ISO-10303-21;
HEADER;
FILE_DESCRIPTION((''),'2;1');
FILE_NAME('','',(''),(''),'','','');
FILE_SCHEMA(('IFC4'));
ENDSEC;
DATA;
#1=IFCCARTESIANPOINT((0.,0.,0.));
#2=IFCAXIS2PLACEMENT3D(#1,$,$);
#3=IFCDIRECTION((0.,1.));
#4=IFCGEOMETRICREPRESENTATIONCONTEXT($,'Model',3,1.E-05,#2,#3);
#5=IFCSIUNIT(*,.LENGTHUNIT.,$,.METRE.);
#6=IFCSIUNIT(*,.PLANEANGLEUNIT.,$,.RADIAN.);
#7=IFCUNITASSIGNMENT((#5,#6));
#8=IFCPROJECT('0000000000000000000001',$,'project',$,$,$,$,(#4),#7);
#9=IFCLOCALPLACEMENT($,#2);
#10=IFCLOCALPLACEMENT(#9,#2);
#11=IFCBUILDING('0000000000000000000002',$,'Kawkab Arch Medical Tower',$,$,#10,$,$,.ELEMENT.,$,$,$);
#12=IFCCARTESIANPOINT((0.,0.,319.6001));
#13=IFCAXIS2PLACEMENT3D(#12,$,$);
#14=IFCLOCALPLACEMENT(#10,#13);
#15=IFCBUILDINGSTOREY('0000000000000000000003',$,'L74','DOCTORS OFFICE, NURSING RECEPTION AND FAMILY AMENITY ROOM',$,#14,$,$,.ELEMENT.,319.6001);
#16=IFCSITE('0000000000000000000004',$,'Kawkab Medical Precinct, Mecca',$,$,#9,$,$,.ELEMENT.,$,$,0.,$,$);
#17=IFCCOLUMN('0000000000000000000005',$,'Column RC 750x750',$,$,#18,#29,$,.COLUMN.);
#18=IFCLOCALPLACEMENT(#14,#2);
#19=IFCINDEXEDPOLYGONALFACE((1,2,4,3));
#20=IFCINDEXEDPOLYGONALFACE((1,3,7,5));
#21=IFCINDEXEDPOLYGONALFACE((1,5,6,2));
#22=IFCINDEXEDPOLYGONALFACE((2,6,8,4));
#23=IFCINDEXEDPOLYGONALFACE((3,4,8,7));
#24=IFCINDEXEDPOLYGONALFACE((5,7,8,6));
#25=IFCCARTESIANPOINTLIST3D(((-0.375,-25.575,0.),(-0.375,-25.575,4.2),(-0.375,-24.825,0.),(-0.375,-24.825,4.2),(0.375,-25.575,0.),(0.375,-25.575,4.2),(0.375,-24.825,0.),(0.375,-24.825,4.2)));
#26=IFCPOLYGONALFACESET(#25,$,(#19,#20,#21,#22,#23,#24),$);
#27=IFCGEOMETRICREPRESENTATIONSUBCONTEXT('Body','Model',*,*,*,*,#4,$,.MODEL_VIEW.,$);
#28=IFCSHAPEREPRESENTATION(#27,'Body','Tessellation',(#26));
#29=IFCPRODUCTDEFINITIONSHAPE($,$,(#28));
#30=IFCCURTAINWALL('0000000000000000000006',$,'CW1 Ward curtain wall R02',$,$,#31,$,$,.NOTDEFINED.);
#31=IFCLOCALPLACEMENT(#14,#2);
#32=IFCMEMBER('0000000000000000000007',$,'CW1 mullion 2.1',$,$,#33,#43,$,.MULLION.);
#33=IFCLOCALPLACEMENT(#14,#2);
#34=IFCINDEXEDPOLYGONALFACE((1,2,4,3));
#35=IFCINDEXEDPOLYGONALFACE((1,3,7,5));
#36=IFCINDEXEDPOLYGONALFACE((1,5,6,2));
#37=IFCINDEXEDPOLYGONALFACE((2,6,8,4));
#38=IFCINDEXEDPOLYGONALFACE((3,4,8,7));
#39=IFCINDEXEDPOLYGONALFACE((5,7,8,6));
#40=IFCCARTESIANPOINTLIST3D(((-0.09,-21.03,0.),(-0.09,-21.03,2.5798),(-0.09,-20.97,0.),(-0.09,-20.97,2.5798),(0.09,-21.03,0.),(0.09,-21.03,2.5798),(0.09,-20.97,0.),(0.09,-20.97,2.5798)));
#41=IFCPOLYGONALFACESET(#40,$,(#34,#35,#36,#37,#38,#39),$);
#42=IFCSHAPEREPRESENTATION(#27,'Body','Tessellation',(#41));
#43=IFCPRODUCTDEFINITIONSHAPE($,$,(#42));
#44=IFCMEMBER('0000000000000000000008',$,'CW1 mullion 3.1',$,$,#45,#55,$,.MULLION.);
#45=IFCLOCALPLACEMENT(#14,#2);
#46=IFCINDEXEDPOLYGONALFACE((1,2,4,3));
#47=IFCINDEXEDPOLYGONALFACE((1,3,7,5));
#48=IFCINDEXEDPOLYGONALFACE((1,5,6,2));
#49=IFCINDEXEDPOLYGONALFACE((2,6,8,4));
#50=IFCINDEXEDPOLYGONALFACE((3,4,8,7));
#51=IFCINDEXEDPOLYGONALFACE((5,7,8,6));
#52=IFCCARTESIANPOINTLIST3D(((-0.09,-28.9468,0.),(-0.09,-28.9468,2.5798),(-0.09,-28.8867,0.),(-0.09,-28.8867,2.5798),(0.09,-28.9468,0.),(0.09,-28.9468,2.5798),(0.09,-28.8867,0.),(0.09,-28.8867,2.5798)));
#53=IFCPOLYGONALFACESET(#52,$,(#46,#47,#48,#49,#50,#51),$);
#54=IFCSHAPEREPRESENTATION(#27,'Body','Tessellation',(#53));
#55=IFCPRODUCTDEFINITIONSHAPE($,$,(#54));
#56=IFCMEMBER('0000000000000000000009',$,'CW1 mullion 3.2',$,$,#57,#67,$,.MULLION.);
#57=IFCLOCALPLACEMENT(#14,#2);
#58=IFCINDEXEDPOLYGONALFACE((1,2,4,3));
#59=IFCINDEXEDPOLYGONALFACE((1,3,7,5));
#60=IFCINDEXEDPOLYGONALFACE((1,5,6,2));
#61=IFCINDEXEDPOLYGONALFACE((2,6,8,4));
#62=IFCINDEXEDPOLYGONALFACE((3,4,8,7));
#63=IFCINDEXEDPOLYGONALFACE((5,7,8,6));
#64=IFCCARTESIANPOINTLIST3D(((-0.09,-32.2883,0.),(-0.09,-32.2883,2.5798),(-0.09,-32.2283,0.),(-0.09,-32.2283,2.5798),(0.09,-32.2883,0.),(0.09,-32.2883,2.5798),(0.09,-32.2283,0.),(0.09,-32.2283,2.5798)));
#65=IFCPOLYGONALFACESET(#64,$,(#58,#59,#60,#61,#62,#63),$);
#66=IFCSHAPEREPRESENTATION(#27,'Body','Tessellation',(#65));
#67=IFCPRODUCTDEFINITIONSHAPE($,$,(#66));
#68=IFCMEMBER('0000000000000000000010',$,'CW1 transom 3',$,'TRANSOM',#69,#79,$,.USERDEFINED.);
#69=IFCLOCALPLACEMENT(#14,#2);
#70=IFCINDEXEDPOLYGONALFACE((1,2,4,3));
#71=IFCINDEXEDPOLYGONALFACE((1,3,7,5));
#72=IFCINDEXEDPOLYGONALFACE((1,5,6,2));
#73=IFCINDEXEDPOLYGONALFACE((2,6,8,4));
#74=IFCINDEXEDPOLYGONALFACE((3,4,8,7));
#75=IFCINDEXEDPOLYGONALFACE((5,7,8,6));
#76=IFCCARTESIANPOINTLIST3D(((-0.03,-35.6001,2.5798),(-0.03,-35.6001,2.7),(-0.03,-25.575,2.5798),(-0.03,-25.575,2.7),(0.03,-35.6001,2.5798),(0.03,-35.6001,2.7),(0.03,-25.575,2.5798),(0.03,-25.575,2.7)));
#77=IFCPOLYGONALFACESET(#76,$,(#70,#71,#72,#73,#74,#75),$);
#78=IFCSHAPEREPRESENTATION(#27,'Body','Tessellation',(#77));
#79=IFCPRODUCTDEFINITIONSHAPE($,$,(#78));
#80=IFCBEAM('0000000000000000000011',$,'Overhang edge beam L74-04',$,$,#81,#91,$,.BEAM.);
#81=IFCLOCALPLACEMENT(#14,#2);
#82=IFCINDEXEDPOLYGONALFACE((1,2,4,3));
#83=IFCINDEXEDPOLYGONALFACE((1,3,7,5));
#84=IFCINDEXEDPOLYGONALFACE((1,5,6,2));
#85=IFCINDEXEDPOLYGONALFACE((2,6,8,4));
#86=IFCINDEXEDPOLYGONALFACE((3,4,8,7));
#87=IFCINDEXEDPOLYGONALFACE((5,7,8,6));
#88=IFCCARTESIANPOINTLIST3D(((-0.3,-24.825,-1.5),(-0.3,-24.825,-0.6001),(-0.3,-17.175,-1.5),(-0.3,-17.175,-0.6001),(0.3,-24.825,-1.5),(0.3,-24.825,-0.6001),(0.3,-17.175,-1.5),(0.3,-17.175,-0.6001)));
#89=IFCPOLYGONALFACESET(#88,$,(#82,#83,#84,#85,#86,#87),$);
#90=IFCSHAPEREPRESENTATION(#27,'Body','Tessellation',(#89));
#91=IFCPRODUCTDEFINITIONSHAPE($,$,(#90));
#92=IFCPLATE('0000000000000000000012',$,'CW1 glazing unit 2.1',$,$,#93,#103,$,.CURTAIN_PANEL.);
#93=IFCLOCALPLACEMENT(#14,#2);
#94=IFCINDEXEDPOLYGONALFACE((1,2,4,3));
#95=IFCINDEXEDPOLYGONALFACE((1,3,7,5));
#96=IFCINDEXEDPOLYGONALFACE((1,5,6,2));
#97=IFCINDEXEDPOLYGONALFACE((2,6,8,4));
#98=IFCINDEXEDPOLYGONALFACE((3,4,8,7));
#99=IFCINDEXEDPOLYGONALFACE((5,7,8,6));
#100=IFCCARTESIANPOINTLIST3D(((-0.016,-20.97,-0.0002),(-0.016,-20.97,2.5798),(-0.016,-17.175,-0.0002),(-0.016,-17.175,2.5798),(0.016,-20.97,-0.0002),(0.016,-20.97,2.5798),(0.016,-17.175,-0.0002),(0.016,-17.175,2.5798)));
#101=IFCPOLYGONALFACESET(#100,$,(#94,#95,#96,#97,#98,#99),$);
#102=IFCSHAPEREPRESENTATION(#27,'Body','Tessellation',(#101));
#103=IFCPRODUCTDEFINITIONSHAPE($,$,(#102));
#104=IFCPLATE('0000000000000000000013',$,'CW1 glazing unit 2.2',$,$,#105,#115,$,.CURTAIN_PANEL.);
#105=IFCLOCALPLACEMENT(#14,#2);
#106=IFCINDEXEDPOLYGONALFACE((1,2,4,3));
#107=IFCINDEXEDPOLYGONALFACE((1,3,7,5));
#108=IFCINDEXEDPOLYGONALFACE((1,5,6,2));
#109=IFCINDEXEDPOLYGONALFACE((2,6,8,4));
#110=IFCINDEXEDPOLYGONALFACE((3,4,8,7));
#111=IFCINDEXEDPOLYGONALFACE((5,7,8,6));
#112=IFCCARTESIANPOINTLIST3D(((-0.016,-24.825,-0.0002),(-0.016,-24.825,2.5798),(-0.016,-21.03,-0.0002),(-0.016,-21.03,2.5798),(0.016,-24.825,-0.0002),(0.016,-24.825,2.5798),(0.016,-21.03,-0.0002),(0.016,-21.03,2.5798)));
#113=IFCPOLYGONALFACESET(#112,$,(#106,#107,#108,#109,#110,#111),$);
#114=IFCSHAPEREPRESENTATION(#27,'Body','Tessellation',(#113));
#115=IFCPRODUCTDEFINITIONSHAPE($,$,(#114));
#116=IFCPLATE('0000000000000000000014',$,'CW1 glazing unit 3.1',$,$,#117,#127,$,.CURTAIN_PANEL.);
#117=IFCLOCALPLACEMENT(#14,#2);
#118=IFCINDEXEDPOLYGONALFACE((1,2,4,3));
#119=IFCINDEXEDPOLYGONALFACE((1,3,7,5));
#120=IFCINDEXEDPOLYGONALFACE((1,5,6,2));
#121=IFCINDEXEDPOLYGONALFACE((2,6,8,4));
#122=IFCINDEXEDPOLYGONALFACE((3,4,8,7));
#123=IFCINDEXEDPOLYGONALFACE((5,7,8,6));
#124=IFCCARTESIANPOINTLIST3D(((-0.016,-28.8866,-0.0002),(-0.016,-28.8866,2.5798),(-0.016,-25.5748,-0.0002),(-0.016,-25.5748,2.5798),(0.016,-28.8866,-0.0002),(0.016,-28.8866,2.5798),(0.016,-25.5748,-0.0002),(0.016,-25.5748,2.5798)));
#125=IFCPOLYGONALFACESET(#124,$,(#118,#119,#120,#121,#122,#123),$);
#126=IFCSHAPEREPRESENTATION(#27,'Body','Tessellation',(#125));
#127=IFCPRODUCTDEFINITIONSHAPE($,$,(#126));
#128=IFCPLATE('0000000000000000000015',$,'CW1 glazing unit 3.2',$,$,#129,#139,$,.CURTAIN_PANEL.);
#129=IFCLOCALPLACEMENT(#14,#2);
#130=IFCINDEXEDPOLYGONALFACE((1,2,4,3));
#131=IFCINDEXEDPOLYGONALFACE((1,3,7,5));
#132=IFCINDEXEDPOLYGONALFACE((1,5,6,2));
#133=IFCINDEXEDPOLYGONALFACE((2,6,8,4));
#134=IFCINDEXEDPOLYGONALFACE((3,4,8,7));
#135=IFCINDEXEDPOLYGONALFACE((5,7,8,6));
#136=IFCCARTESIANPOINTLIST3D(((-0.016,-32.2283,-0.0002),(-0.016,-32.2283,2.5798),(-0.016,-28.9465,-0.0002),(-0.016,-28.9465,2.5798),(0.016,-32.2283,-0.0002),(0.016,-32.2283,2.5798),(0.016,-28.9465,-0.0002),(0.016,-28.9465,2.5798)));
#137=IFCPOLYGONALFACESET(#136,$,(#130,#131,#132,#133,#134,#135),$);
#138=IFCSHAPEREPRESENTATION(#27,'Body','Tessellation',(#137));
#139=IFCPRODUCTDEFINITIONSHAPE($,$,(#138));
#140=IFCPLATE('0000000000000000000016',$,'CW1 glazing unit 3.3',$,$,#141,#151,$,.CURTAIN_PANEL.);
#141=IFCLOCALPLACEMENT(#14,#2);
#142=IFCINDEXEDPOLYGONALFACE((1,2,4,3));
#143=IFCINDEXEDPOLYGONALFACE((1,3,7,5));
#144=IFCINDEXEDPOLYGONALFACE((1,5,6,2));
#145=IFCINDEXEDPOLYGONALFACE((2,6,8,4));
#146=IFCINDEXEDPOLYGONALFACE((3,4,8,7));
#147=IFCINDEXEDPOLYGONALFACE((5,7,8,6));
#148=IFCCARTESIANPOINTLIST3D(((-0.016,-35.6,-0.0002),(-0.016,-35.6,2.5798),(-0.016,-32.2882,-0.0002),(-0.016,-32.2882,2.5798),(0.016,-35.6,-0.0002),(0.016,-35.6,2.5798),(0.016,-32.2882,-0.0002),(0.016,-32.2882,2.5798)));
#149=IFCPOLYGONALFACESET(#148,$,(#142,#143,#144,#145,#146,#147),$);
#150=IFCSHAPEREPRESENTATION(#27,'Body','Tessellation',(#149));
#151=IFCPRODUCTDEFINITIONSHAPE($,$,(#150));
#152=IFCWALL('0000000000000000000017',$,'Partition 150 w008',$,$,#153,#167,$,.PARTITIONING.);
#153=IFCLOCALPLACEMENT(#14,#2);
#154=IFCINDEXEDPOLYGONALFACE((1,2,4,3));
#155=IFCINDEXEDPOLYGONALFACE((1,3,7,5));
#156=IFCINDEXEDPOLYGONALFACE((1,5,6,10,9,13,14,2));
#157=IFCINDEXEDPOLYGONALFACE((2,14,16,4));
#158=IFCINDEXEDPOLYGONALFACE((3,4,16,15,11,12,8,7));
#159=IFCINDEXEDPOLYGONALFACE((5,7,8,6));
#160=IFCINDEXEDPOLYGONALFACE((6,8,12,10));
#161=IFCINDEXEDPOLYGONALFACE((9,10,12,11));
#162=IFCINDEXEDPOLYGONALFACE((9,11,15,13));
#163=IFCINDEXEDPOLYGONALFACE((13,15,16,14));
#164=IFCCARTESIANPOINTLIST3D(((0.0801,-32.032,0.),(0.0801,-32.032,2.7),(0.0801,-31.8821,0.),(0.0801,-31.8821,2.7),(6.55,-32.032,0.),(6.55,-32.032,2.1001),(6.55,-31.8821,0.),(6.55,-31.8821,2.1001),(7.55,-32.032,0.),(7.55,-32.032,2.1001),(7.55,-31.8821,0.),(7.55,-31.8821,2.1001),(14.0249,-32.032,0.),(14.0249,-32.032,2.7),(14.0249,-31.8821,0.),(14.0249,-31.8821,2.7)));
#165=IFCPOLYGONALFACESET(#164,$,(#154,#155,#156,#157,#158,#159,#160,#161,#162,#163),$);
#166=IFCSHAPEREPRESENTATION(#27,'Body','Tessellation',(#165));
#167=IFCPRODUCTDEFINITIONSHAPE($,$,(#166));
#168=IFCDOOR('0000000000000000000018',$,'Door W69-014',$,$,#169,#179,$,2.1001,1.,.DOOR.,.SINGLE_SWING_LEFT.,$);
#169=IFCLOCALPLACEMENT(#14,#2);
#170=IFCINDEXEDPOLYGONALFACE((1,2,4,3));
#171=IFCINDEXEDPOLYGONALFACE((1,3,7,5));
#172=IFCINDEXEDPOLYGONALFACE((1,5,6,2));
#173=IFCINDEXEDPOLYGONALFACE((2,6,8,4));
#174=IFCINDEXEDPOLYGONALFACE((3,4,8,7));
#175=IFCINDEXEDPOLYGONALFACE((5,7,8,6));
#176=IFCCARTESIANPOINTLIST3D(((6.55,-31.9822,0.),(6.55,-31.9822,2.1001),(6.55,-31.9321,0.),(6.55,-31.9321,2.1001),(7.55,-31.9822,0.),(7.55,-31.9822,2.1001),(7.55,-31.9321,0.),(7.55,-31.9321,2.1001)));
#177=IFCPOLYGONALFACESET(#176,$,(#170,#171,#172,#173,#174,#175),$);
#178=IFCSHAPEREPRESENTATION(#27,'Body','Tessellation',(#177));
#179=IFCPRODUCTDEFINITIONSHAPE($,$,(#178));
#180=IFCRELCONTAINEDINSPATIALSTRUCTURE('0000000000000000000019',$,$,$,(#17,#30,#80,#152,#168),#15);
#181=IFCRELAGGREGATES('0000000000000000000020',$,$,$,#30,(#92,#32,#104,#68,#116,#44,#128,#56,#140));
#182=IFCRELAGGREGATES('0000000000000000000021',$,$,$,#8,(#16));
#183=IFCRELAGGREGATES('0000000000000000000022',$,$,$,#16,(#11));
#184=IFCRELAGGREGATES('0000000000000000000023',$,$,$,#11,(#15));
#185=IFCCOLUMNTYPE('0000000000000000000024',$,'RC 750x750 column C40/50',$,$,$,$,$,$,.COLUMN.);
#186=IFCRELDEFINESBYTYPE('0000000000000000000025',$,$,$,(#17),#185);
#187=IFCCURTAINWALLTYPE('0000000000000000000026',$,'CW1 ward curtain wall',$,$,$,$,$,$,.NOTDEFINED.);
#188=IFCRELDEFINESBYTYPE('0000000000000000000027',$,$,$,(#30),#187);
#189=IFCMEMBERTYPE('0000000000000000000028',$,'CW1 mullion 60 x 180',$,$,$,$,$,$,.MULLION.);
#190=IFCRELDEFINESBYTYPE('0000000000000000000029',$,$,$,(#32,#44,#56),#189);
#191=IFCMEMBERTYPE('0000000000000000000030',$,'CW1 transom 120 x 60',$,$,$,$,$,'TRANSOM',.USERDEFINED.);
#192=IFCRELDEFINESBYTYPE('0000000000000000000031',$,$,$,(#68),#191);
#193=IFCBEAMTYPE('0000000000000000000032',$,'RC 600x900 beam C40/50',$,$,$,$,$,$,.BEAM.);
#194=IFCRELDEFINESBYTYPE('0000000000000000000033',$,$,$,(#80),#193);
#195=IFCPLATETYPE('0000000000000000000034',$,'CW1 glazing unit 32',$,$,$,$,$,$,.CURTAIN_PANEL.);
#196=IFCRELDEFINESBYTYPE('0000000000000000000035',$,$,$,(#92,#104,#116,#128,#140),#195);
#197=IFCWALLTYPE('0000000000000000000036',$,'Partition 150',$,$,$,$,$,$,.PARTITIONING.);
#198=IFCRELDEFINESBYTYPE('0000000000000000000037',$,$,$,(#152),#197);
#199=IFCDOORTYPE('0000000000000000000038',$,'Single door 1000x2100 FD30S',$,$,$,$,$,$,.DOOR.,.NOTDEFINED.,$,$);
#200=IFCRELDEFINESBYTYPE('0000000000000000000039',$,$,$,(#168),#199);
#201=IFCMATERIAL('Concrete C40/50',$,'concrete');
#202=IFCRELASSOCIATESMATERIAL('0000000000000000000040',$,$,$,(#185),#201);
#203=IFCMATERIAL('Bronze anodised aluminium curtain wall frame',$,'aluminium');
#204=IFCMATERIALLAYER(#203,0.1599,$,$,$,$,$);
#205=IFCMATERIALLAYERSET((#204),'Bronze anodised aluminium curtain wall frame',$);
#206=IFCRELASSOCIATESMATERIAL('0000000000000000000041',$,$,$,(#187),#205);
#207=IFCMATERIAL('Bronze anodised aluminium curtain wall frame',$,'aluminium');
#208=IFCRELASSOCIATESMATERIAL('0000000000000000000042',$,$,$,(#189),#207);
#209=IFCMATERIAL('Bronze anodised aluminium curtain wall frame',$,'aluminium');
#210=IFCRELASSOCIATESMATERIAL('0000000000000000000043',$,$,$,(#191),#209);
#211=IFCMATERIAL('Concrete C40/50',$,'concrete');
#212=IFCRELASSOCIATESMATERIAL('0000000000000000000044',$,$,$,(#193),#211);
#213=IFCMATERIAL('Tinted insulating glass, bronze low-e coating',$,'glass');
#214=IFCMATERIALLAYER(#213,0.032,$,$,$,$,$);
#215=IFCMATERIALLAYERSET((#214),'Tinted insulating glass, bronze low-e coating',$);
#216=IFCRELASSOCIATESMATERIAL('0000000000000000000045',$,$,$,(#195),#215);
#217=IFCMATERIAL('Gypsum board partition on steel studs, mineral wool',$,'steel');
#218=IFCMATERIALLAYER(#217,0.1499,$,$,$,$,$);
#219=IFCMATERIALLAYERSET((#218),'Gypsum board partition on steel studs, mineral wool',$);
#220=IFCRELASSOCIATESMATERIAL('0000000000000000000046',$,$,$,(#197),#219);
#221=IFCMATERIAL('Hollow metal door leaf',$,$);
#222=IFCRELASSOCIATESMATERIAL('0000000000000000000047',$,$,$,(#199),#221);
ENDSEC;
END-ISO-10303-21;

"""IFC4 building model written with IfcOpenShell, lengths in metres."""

from ifc_helpers import new_model, si_unit, direction, frame, frame_2d, origin, origin_2d, place, context, subcontext, project, spatial, rectangle, extrude, material, layer, layer_set, material_profile, profile_set, type_object, element, fill, aggregate, save


model = new_model("IFC4")

# Units and contexts
model_context = context("Model", 3, precision=1e-05, world=origin(), true_north=direction((0.0, 1.0)))
body_context = subcontext(model_context, "Body", "Model", "MODEL_VIEW")
ifc_project = project(units=[si_unit("LENGTHUNIT", "METRE"), si_unit("PLANEANGLEUNIT", "RADIAN")], contexts=[model_context])

# Site, building, storey
site_placement = place(None, origin())
site = spatial("IfcSite", under=ifc_project, at=site_placement, Name="Kawkab Medical Precinct, Mecca", CompositionType="ELEMENT", RefElevation=0.0)
building_placement = place(site_placement, origin())
building = spatial("IfcBuilding", under=site, at=building_placement, Name="Kawkab Arch Medical Tower", CompositionType="ELEMENT")
storey_placement = place(building_placement, frame((0.0, 0.0, 319.6001)))
storey = spatial("IfcBuildingStorey", under=building, at=storey_placement, Name="L74", Description="DOCTORS OFFICE, NURSING RECEPTION AND FAMILY AMENITY ROOM", CompositionType="ELEMENT", Elevation=319.6001)

# Column
ifc_material_1 = material(Name="Concrete C40/50", Category="concrete")
ifc_material_profile_1 = material_profile(ifc_material_1, rectangle(XDim=0.75, YDim=0.75, at=origin_2d()), Name="RC 750x750")
ifc_profile_set_1 = profile_set([ifc_material_profile_1], Name="Concrete C40/50")
column_type = type_object("IfcColumnType", Name="RC 750x750 column C40/50", PredefinedType="COLUMN", material=ifc_profile_set_1)
column_placement = place(storey_placement, frame((0.0, -25.2, 0.0), z_axis=(0.0, 0.0, 1.0), x_axis=(1.0, 0.0, 0.0)))
element("IfcColumn", 1, at=column_placement, inside=storey, type_object=column_type, Name="Column RC 750x750", PredefinedType="COLUMN", context=body_context, shape_type="SweptSolid", body=[
    extrude(rectangle(XDim=0.75, YDim=0.75, at=origin_2d()), origin(), (0.0, 0.0, 1.0), 4.2),
])

# Curtain wall, members
ifc_material_2 = material(Name="Bronze anodised aluminium curtain wall frame", Category="aluminium")
ifc_layer_1 = layer(ifc_material_2, 0.1599)
ifc_layer_set_1 = layer_set([ifc_layer_1], Name="Bronze anodised aluminium curtain wall frame")
curtain_wall_type = type_object("IfcCurtainWallType", Name="CW1 ward curtain wall", PredefinedType="NOTDEFINED", material=ifc_layer_set_1)
curtain_wall_placement = place(storey_placement, origin())
curtain_wall = element("IfcCurtainWall", 2, at=curtain_wall_placement, inside=storey, type_object=curtain_wall_type, Name="CW1 Ward curtain wall R02", PredefinedType="NOTDEFINED")
ifc_material_3 = material(Name="Bronze anodised aluminium curtain wall frame", Category="aluminium")
ifc_material_profile_2 = material_profile(ifc_material_3, rectangle(XDim=0.1799, YDim=0.0601, at=origin_2d()), Name="AL 60x180")
ifc_profile_set_2 = profile_set([ifc_material_profile_2], Name="Bronze anodised aluminium curtain wall frame")
member_type_1 = type_object("IfcMemberType", Name="CW1 mullion 60 x 180", PredefinedType="MULLION", material=ifc_profile_set_2)
member_1_placement = place(storey_placement, frame((0.0, -21.0, 0.0), z_axis=(0.0, 0.0, 1.0), x_axis=(1.0, 0.0, 0.0)))
member_1 = element("IfcMember", 3, at=member_1_placement, type_object=member_type_1, Name="CW1 mullion 2.1", PredefinedType="MULLION", context=body_context, shape_type="SweptSolid", body=[
    extrude(rectangle(XDim=0.1799, YDim=0.0601, at=origin_2d()), origin(), (0.0, 0.0, 1.0), 2.5798),
])
member_2_placement = place(storey_placement, frame((0.0, -28.9167, 0.0), z_axis=(0.0, 0.0, 1.0), x_axis=(1.0, 0.0, 0.0)))
member_2 = element("IfcMember", 4, at=member_2_placement, type_object=member_type_1, Name="CW1 mullion 3.1", PredefinedType="MULLION", context=body_context, shape_type="SweptSolid", body=[
    extrude(rectangle(XDim=0.1799, YDim=0.0601, at=origin_2d()), origin(), (0.0, 0.0, 1.0), 2.5798),
])
member_3_placement = place(storey_placement, frame((0.0, -32.2583, 0.0), z_axis=(0.0, 0.0, 1.0), x_axis=(1.0, 0.0, 0.0)))
member_3 = element("IfcMember", 5, at=member_3_placement, type_object=member_type_1, Name="CW1 mullion 3.2", PredefinedType="MULLION", context=body_context, shape_type="SweptSolid", body=[
    extrude(rectangle(XDim=0.1799, YDim=0.0601, at=origin_2d()), origin(), (0.0, 0.0, 1.0), 2.5798),
])
ifc_material_4 = material(Name="Bronze anodised aluminium curtain wall frame", Category="aluminium")
ifc_material_profile_3 = material_profile(ifc_material_4, rectangle(XDim=0.0601, YDim=0.1201, at=origin_2d()), Name="AL 60x120")
ifc_profile_set_3 = profile_set([ifc_material_profile_3], Name="Bronze anodised aluminium curtain wall frame")
member_type_2 = type_object("IfcMemberType", Name="CW1 transom 120 x 60", ElementType="TRANSOM", PredefinedType="USERDEFINED", material=ifc_profile_set_3)
member_4_placement = place(storey_placement, frame((0.0, -25.575, 2.6399), z_axis=(0.0, -1.0, 0.0), x_axis=(1.0, 0.0, 0.0)))
member_4 = element("IfcMember", 6, at=member_4_placement, type_object=member_type_2, Name="CW1 transom 3", ObjectType="TRANSOM", PredefinedType="USERDEFINED", context=body_context, shape_type="SweptSolid", body=[
    extrude(rectangle(XDim=0.0601, YDim=0.1201, at=origin_2d()), origin(), (0.0, 0.0, 1.0), 10.0251),
])

# Beam
ifc_material_5 = material(Name="Concrete C40/50", Category="concrete")
ifc_material_profile_4 = material_profile(ifc_material_5, rectangle(XDim=0.6001, YDim=0.8999, at=origin_2d()), Name="RC 600x900")
ifc_profile_set_4 = profile_set([ifc_material_profile_4], Name="Concrete C40/50")
beam_type = type_object("IfcBeamType", Name="RC 600x900 beam C40/50", PredefinedType="BEAM", material=ifc_profile_set_4)
beam_placement = place(storey_placement, frame((0.0, -24.825, -1.05), z_axis=(0.0, 1.0, 0.0), x_axis=(-1.0, 0.0, 0.0)))
element("IfcBeam", 7, at=beam_placement, inside=storey, type_object=beam_type, Name="Overhang edge beam L74-04", PredefinedType="BEAM", context=body_context, shape_type="SweptSolid", body=[
    extrude(rectangle(XDim=0.6001, YDim=0.8999, at=origin_2d()), origin(), (0.0, 0.0, 1.0), 7.6499),
])

# Plates
ifc_material_6 = material(Name="Tinted insulating glass, bronze low-e coating", Category="glass")
ifc_layer_2 = layer(ifc_material_6, 0.032)
ifc_layer_set_2 = layer_set([ifc_layer_2], Name="Tinted insulating glass, bronze low-e coating")
plate_type = type_object("IfcPlateType", Name="CW1 glazing unit 32", PredefinedType="CURTAIN_PANEL", material=ifc_layer_set_2)
plate_1_placement = place(storey_placement, frame((0.0, -19.0725, -0.0002), z_axis=(0.0, 0.0, 1.0), x_axis=(0.0, -1.0, 0.0)))
plate_1 = element("IfcPlate", 8, at=plate_1_placement, type_object=plate_type, Name="CW1 glazing unit 2.1", PredefinedType="CURTAIN_PANEL", context=body_context, shape_type="SweptSolid", body=[
    extrude(rectangle(XDim=3.7949, YDim=0.032, at=origin_2d()), origin(), (0.0, 0.0, 1.0), 2.5801),
])
plate_2_placement = place(storey_placement, frame((0.0, -22.9275, -0.0002), z_axis=(0.0, 0.0, 1.0), x_axis=(0.0, -1.0, 0.0)))
plate_2 = element("IfcPlate", 9, at=plate_2_placement, type_object=plate_type, Name="CW1 glazing unit 2.2", PredefinedType="CURTAIN_PANEL", context=body_context, shape_type="SweptSolid", body=[
    extrude(rectangle(XDim=3.7949, YDim=0.032, at=origin_2d()), origin(), (0.0, 0.0, 1.0), 2.5801),
])
plate_3_placement = place(storey_placement, frame((0.0, -27.2307, -0.0002), z_axis=(0.0, 0.0, 1.0), x_axis=(0.0, -1.0, 0.0)))
plate_3 = element("IfcPlate", 10, at=plate_3_placement, type_object=plate_type, Name="CW1 glazing unit 3.1", PredefinedType="CURTAIN_PANEL", context=body_context, shape_type="SweptSolid", body=[
    extrude(rectangle(XDim=3.3118, YDim=0.032, at=origin_2d()), origin(), (0.0, 0.0, 1.0), 2.5801),
])
plate_4_placement = place(storey_placement, frame((0.0, -30.5874, -0.0002), z_axis=(0.0, 0.0, 1.0), x_axis=(0.0, -1.0, 0.0)))
plate_4 = element("IfcPlate", 11, at=plate_4_placement, type_object=plate_type, Name="CW1 glazing unit 3.2", PredefinedType="CURTAIN_PANEL", context=body_context, shape_type="SweptSolid", body=[
    extrude(rectangle(XDim=3.2817, YDim=0.032, at=origin_2d()), origin(), (0.0, 0.0, 1.0), 2.5801),
])
plate_5_placement = place(storey_placement, frame((0.0, -33.9441, -0.0002), z_axis=(0.0, 0.0, 1.0), x_axis=(0.0, -1.0, 0.0)))
plate_5 = element("IfcPlate", 12, at=plate_5_placement, type_object=plate_type, Name="CW1 glazing unit 3.3", PredefinedType="CURTAIN_PANEL", context=body_context, shape_type="SweptSolid", body=[
    extrude(rectangle(XDim=3.3118, YDim=0.032, at=origin_2d()), origin(), (0.0, 0.0, 1.0), 2.5801),
])
aggregate(curtain_wall, [plate_1, member_1, plate_2, member_4, plate_3, member_2, plate_4, member_3, plate_5])

# Wall, opening, door
ifc_material_7 = material(Name="Gypsum board partition on steel studs, mineral wool", Category="steel")
ifc_layer_3 = layer(ifc_material_7, 0.1499)
ifc_layer_set_3 = layer_set([ifc_layer_3], Name="Gypsum board partition on steel studs, mineral wool")
wall_type_1 = type_object("IfcWallType", Name="Partition 150", PredefinedType="PARTITIONING", material=ifc_layer_set_3)
wall_1_placement = place(storey_placement, frame((0.0801, -31.957, 0.0), z_axis=(0.0, 0.0, 1.0), x_axis=(1.0, 0.0, 0.0)))
wall_1 = element("IfcWall", 13, at=wall_1_placement, inside=storey, type_object=wall_type_1, Name="Partition 150 w008", PredefinedType="PARTITIONING", context=body_context, shape_type="SweptSolid", body=[
    extrude(rectangle(XDim=13.9448, YDim=0.1499, at=frame_2d((6.9724, 0.0))), origin(), (0.0, 0.0, 1.0), 2.7),
])
opening_1_placement = place(wall_1_placement, frame((6.47, 0.0, 0.0)))
opening_1 = element("IfcOpeningElement", 14, at=opening_1_placement, cuts=wall_1, PredefinedType="OPENING", context=body_context, shape_type="SweptSolid", body=[
    extrude(rectangle(XDim=1.0, YDim=2.1001, at=frame_2d((0.5, 1.05))), frame((0.0, 0.085, 0.0), z_axis=(0.0, -1.0, 0.0), x_axis=(1.0, 0.0, 0.0)), (0.0, 0.0, 1.0), 0.1699),
])
ifc_material_8 = material(Name="Hollow metal door leaf")
door_type_1 = type_object("IfcDoorType", Name="Single door 1000x2100 FD30S", OperationType="NOTDEFINED", PredefinedType="DOOR", material=ifc_material_8)
door_1_placement = place(opening_1_placement, origin())
door_1 = element("IfcDoor", 15, at=door_1_placement, inside=storey, type_object=door_type_1, Name="Door W69-014", OperationType="SINGLE_SWING_LEFT", OverallHeight=2.1001, OverallWidth=1.0, PredefinedType="DOOR", context=body_context, shape_type="SweptSolid", body=[
    extrude(rectangle(XDim=1.0, YDim=2.1001, at=frame_2d((0.5, 1.05))), frame((0.0, 0.0249, 0.0), z_axis=(0.0, -1.0, 0.0), x_axis=(1.0, 0.0, 0.0)), (0.0, 0.0, 1.0), 0.05),
])
fill(opening_1, door_1)

save(model, "model.ifc")
